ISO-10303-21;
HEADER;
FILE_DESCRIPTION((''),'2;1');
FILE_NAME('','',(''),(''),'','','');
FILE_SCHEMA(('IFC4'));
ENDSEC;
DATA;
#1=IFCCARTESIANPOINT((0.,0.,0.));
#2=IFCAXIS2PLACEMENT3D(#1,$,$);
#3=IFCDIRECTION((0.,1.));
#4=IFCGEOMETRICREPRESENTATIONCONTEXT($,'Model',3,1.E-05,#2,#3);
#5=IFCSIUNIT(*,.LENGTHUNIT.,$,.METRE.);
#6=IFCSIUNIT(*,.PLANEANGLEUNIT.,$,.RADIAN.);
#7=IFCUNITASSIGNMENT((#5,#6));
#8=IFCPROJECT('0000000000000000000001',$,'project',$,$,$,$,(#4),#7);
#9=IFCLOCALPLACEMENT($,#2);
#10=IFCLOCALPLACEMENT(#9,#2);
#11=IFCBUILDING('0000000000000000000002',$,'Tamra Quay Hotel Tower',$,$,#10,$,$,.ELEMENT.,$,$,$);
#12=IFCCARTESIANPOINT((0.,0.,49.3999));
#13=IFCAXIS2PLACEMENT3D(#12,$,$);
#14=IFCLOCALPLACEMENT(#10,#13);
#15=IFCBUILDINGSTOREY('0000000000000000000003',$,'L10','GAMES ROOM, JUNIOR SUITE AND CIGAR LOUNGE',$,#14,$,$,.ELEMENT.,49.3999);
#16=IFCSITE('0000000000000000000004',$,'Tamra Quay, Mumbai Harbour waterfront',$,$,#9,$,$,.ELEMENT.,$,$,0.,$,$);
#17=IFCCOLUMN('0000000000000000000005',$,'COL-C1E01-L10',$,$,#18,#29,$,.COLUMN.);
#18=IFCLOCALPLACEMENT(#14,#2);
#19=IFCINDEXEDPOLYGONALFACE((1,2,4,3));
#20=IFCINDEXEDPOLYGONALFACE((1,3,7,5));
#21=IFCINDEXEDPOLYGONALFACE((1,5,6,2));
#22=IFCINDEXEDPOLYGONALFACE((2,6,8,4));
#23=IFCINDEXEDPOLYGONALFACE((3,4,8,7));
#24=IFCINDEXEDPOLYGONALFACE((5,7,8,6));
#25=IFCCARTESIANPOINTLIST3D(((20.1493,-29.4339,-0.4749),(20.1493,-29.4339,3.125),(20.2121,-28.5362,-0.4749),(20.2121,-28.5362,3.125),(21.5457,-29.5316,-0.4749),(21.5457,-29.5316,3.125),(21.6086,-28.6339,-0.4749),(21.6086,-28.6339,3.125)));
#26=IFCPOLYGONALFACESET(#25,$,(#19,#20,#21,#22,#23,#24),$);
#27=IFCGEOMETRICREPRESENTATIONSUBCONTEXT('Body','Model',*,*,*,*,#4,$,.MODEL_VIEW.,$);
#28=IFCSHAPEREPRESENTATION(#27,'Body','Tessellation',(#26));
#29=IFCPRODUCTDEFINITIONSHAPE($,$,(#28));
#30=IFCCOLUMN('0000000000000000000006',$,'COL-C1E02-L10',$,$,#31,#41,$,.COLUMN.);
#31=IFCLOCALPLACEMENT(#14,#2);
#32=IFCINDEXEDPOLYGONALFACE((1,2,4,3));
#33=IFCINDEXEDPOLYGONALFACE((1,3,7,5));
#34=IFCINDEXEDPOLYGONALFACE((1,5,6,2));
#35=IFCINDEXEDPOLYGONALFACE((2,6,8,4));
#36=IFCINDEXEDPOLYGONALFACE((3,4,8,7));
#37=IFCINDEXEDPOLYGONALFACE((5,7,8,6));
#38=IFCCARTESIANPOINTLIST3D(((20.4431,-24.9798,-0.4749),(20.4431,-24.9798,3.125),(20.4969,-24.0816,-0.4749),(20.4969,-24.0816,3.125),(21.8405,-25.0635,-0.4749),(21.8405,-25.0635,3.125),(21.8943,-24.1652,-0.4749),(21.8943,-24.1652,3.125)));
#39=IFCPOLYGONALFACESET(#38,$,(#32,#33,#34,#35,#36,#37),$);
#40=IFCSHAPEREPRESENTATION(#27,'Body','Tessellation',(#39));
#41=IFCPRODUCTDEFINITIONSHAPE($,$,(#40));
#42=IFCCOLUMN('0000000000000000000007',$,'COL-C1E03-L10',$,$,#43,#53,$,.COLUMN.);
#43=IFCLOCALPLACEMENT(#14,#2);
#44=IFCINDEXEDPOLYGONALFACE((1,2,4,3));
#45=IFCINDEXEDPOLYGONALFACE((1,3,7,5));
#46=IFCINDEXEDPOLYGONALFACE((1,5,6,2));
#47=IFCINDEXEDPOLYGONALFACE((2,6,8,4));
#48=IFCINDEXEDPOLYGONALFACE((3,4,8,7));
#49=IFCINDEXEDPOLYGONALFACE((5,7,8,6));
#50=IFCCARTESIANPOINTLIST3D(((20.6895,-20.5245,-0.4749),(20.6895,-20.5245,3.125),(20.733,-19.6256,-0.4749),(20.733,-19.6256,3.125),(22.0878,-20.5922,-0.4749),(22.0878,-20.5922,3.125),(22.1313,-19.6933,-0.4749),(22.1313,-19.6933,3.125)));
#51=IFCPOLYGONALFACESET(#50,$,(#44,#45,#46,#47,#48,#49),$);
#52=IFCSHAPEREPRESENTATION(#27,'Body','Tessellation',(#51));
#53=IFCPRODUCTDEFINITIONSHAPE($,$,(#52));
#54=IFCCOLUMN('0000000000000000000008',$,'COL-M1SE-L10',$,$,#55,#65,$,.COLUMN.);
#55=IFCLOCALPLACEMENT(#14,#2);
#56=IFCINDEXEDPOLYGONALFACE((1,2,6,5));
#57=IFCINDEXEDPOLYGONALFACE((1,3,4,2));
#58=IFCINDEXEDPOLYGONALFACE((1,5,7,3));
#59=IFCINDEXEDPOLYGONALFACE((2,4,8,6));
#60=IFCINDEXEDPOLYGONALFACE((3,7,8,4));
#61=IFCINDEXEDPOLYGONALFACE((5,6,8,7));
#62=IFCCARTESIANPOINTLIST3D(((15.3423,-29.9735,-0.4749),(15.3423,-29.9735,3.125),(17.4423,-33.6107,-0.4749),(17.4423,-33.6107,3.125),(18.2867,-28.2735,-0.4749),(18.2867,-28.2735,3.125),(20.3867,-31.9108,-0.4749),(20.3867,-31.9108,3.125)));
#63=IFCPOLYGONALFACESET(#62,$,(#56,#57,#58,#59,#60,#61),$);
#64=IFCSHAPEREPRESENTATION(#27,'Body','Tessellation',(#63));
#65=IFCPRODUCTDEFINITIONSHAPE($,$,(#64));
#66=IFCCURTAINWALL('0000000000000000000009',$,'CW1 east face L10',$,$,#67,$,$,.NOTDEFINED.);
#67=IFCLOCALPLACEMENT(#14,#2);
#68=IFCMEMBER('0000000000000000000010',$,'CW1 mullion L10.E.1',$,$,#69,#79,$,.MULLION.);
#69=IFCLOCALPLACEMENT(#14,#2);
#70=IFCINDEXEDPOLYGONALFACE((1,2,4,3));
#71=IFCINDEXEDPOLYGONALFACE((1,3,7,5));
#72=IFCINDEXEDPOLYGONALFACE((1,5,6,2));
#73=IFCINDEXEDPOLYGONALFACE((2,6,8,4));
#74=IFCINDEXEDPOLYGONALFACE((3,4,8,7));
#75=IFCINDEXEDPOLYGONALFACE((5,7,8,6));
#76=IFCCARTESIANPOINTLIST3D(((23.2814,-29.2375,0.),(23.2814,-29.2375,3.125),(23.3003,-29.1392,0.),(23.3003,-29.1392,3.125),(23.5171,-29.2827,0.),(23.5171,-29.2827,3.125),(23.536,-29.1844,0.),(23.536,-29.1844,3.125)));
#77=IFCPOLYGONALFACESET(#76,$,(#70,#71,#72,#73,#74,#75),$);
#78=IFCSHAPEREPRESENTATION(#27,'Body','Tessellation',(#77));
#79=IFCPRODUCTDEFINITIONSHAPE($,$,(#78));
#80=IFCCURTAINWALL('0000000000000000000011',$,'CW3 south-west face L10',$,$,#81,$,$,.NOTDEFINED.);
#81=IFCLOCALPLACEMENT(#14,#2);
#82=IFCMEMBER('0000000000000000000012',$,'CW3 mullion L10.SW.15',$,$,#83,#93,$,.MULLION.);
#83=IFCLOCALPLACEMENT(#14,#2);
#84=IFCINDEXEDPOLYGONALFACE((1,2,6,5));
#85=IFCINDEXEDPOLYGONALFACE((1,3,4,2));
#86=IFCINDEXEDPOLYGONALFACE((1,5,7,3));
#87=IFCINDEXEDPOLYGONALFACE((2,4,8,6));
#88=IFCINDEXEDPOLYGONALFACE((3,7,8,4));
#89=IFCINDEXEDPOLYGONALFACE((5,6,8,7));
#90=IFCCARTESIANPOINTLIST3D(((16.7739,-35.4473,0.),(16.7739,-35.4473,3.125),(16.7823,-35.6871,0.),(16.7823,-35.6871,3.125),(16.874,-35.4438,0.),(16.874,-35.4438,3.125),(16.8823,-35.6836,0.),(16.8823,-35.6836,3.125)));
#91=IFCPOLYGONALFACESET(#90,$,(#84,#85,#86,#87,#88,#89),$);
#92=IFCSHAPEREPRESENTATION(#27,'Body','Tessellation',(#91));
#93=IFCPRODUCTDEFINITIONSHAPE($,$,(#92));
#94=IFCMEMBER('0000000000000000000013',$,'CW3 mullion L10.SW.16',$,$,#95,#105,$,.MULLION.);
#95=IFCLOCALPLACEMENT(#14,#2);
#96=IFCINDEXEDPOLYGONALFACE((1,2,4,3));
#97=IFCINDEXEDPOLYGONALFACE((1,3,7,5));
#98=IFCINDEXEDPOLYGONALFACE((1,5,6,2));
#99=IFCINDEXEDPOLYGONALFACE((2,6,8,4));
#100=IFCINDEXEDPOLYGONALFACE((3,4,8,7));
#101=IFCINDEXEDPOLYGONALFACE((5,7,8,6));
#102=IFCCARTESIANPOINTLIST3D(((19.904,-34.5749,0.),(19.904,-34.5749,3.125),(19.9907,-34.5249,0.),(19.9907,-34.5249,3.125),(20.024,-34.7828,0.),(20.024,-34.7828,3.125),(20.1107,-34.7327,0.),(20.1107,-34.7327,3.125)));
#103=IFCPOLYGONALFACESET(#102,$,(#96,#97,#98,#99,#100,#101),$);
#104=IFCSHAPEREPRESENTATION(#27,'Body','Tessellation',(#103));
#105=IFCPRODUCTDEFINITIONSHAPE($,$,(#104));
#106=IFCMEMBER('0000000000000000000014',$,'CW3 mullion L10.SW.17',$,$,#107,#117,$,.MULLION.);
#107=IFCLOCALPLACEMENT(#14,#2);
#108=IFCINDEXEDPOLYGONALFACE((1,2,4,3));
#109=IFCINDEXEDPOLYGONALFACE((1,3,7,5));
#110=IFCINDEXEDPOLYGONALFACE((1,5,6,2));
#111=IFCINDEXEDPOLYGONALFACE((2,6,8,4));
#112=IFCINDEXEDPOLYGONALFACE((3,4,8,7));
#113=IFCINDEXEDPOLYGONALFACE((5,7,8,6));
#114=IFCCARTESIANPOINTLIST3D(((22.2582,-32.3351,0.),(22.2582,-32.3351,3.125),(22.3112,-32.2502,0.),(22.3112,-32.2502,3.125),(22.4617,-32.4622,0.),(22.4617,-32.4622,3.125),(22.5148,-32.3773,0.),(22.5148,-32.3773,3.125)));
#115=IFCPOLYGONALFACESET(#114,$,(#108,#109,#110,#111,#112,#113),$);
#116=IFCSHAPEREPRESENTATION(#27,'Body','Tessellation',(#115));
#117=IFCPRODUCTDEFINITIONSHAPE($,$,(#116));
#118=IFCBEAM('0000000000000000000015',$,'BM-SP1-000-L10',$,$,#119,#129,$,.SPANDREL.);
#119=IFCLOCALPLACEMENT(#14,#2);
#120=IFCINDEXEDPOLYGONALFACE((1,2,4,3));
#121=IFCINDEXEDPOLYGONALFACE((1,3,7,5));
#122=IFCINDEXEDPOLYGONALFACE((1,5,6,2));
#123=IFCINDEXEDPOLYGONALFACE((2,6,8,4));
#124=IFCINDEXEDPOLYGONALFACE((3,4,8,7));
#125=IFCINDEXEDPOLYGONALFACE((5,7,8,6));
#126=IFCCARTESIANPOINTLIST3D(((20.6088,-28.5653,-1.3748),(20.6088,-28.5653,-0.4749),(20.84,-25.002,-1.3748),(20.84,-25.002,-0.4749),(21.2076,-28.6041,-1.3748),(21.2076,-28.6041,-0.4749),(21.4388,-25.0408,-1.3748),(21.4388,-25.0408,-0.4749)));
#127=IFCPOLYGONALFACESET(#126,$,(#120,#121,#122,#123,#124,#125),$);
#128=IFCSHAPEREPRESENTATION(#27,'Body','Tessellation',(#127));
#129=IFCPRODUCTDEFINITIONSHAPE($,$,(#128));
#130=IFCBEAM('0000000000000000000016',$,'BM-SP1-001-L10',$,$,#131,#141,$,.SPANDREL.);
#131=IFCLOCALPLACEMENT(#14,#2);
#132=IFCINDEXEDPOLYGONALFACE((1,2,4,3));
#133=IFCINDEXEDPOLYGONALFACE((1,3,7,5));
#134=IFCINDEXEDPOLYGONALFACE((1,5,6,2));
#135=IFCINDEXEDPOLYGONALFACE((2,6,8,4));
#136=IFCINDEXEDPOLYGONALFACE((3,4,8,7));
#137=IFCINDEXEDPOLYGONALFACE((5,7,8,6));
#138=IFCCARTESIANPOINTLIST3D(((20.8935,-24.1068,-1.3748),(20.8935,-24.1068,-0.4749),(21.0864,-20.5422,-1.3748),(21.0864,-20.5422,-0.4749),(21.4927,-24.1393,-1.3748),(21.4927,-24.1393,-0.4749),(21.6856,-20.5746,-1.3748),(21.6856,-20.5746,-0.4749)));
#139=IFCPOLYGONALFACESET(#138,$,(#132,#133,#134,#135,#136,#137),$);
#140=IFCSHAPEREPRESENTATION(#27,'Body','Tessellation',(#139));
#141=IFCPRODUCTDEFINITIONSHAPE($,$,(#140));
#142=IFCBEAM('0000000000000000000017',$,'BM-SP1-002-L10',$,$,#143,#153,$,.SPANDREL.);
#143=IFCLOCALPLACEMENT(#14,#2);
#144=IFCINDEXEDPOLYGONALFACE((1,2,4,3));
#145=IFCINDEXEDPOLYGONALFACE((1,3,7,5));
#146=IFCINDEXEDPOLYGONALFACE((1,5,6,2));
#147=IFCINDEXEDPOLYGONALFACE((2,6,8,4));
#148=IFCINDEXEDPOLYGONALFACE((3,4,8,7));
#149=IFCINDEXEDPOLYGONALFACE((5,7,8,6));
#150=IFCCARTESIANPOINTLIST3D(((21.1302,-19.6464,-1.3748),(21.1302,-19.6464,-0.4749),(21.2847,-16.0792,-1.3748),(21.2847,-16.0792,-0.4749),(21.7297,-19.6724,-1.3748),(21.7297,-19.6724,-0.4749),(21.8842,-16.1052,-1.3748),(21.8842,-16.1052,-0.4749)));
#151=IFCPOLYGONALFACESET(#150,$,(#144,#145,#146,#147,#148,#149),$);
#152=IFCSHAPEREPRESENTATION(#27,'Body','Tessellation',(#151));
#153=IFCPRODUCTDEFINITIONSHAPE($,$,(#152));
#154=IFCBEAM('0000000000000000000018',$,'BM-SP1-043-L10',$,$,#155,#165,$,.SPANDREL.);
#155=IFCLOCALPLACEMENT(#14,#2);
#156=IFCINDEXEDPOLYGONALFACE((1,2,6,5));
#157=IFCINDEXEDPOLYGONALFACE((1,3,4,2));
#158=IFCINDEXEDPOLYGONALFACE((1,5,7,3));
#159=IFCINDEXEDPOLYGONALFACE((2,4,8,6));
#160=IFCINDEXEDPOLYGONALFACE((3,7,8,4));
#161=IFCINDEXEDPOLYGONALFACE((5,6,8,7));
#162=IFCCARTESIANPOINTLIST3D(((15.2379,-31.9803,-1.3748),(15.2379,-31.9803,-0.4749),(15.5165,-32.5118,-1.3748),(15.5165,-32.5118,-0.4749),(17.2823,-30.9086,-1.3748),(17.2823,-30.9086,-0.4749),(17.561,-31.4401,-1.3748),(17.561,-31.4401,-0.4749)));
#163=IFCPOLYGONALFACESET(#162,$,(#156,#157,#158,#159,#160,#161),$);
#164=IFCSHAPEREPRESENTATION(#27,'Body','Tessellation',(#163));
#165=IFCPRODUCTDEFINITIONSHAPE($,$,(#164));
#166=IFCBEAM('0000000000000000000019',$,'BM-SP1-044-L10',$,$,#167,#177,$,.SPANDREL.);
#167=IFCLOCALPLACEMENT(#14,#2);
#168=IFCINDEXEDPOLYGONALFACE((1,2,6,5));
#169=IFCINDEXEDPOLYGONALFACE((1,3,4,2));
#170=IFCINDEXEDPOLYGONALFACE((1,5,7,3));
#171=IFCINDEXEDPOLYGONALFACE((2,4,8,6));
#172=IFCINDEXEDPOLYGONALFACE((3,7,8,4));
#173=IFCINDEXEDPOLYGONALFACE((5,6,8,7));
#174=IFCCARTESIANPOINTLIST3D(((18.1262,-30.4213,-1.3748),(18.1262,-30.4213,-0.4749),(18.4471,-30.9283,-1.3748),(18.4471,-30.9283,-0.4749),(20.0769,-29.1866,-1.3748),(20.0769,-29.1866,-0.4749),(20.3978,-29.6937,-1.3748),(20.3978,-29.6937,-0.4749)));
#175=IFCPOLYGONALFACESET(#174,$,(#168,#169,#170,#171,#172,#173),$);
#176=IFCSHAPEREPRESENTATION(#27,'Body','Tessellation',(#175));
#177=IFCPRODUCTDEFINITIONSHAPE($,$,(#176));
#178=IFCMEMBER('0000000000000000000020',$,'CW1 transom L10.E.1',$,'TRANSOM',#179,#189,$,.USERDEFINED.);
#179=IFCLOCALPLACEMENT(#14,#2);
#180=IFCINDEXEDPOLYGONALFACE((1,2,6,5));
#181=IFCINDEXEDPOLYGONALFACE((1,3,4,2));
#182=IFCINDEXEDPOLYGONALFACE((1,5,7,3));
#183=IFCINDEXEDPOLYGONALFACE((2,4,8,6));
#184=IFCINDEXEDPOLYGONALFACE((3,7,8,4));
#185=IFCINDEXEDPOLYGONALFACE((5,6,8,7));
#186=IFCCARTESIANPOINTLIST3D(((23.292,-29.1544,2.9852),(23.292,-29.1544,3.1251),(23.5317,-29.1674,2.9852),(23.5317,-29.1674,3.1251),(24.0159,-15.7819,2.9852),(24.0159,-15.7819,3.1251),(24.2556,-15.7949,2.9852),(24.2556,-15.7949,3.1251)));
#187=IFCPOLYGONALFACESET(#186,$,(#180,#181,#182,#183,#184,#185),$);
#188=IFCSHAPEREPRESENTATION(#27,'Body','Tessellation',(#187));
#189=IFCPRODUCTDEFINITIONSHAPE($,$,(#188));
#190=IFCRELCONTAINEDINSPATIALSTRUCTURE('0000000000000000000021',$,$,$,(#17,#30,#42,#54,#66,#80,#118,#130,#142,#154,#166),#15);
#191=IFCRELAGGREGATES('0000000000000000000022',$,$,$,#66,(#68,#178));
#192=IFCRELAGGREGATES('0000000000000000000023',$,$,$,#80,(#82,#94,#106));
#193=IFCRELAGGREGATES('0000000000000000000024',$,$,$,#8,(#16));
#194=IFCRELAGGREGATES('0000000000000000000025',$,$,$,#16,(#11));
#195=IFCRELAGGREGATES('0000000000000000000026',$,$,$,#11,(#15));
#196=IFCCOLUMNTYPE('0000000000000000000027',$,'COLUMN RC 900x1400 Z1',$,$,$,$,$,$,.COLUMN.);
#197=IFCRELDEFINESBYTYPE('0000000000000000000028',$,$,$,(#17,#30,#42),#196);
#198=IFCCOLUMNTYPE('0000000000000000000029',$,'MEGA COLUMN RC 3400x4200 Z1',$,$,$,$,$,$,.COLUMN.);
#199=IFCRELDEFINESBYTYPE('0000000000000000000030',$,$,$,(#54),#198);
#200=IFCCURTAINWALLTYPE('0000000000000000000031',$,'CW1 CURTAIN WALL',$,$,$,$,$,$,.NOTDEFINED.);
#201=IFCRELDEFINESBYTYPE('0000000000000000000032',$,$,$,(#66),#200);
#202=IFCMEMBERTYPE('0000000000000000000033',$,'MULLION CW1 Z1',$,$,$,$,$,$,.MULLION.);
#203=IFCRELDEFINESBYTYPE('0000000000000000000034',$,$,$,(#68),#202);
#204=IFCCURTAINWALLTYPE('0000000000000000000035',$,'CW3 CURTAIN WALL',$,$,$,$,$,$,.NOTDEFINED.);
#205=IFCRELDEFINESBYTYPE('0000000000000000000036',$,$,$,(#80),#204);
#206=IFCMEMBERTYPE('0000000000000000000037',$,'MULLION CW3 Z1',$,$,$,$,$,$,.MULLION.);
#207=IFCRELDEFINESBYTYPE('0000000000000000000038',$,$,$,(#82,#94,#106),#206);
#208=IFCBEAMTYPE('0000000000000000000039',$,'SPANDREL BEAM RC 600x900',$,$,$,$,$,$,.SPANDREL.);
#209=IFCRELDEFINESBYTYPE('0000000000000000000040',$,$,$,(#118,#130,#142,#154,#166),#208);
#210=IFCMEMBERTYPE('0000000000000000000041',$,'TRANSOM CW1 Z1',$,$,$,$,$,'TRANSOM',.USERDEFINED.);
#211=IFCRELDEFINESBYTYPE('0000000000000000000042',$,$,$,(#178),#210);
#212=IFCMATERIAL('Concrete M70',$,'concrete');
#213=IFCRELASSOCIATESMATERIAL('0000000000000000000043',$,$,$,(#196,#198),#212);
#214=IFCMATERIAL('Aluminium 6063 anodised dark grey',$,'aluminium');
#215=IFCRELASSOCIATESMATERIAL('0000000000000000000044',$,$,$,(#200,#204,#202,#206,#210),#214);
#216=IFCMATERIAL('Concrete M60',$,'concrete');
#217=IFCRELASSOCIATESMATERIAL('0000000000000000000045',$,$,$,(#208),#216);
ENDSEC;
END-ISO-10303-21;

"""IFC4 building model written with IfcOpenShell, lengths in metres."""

from ifc_helpers import new_model, si_unit, direction, frame, origin, origin_2d, place, context, subcontext, project, spatial, rectangle, extrude, material, material_profile, profile_set, type_object, element, aggregate, save


model = new_model("IFC4")

# Units and contexts
model_context = context("Model", 3, precision=1e-05, world=origin(), true_north=direction((0.0, 1.0)))
body_context = subcontext(model_context, "Body", "Model", "MODEL_VIEW")
ifc_project = project(units=[si_unit("LENGTHUNIT", "METRE"), si_unit("PLANEANGLEUNIT", "RADIAN")], contexts=[model_context])

# Site, building, storey
site_placement = place(None, origin())
site = spatial("IfcSite", under=ifc_project, at=site_placement, Name="Tamra Quay, Mumbai Harbour waterfront", CompositionType="ELEMENT", RefElevation=0.0)
building_placement = place(site_placement, origin())
building = spatial("IfcBuilding", under=site, at=building_placement, Name="Tamra Quay Hotel Tower", CompositionType="ELEMENT")
storey_placement = place(building_placement, frame((0.0, 0.0, 49.3999)))
storey = spatial("IfcBuildingStorey", under=building, at=storey_placement, Name="L10", Description="GAMES ROOM, JUNIOR SUITE AND CIGAR LOUNGE", CompositionType="ELEMENT", Elevation=49.3999)

# Columns
ifc_material_1 = material(Name="Concrete M70", Category="concrete")
ifc_material_profile_1 = material_profile(ifc_material_1, rectangle(XDim=1.3999, YDim=0.8999, at=origin_2d()), Name="COLUMN RC 900x1400 Z1")
ifc_profile_set_1 = profile_set([ifc_material_profile_1], Name="Concrete M70")
column_type_1 = type_object("IfcColumnType", Name="COLUMN RC 900x1400 Z1", PredefinedType="COLUMN", material=ifc_profile_set_1)
for number, where, z_axis, x_axis, name in (
    (1, (20.8789, -29.0339, -0.4749), (0.0, 0.0, 1.0), (-0.997562, 0.06979, 0.0), "COL-C1E01-L10"),
    (2, (21.1687, -24.5725, -0.4749), (0.0, 0.0, 1.0), (-0.998214, 0.059733, 0.0), "COL-C1E02-L10"),
    (3, (21.4104, -20.1089, -0.4749), (0.0, 0.0, 1.0), (-0.998831, 0.048344, 0.0), "COL-C1E03-L10"),
):
    element("IfcColumn", number, at=place(storey_placement, frame(where, z_axis=z_axis, x_axis=x_axis)), inside=storey, type_object=column_type_1, Name=name, PredefinedType="COLUMN", context=body_context, shape_type="SweptSolid", body=[
        extrude(rectangle(XDim=1.3999, YDim=0.8999, at=origin_2d()), origin(), (0.0, 0.0, 1.0), 3.5999),
    ])
ifc_material_profile_2 = material_profile(ifc_material_1, rectangle(XDim=4.2, YDim=3.3999, at=origin_2d()), Name="MEGA COLUMN RC 3400x4200 Z1")
ifc_profile_set_2 = profile_set([ifc_material_profile_2], Name="Concrete M70")
column_type_2 = type_object("IfcColumnType", Name="MEGA COLUMN RC 3400x4200 Z1", PredefinedType="COLUMN", material=ifc_profile_set_2)
column_placement = place(storey_placement, frame((17.8645, -30.9421, -0.4749), z_axis=(0.0, 0.0, 1.0), x_axis=(-0.5, 0.866025, 0.0)))
element("IfcColumn", 4, at=column_placement, inside=storey, type_object=column_type_2, Name="COL-M1SE-L10", PredefinedType="COLUMN", context=body_context, shape_type="SweptSolid", body=[
    extrude(rectangle(XDim=4.2, YDim=3.3999, at=origin_2d()), origin(), (0.0, 0.0, 1.0), 3.5999),
])

# Curtain wall, member
ifc_material_2 = material(Name="Aluminium 6063 anodised dark grey", Category="aluminium")
curtain_wall_type_1 = type_object("IfcCurtainWallType", Name="CW1 CURTAIN WALL", PredefinedType="NOTDEFINED", material=ifc_material_2)
curtain_wall_1_placement = place(storey_placement, origin())
curtain_wall_1 = element("IfcCurtainWall", 5, at=curtain_wall_1_placement, inside=storey, type_object=curtain_wall_type_1, Name="CW1 east face L10", PredefinedType="NOTDEFINED")
ifc_material_profile_3 = material_profile(ifc_material_2, rectangle(XDim=0.24, YDim=0.1001, at=origin_2d()), Name="MULLION 100X240")
ifc_profile_set_3 = profile_set([ifc_material_profile_3], Name="Aluminium 6063 anodised dark grey")
member_type_1 = type_object("IfcMemberType", Name="MULLION CW1 Z1", PredefinedType="MULLION", material=ifc_profile_set_3)
member_1_placement = place(storey_placement, frame((23.4087, -29.2109, 0.0), z_axis=(0.0, 0.0, 1.0), x_axis=(0.982095, -0.188389, 0.0)))
member_1 = element("IfcMember", 6, at=member_1_placement, type_object=member_type_1, Name="CW1 mullion L10.E.1", PredefinedType="MULLION", context=body_context, shape_type="SweptSolid", body=[
    extrude(rectangle(XDim=0.24, YDim=0.1001, at=origin_2d()), origin(), (0.0, 0.0, 1.0), 3.125),
])

# Curtain wall, members
curtain_wall_type_2 = type_object("IfcCurtainWallType", Name="CW3 CURTAIN WALL", PredefinedType="NOTDEFINED", material=ifc_material_2)
curtain_wall_2_placement = place(storey_placement, origin())
curtain_wall_2 = element("IfcCurtainWall", 7, at=curtain_wall_2_placement, inside=storey, type_object=curtain_wall_type_2, Name="CW3 south-west face L10", PredefinedType="NOTDEFINED")
ifc_material_profile_4 = material_profile(ifc_material_2, rectangle(XDim=0.24, YDim=0.1001, at=origin_2d()), Name="MULLION 100X240")
ifc_profile_set_4 = profile_set([ifc_material_profile_4], Name="Aluminium 6063 anodised dark grey")
member_type_2 = type_object("IfcMemberType", Name="MULLION CW3 Z1", PredefinedType="MULLION", material=ifc_profile_set_4)
member_2_placement = place(storey_placement, frame((16.8281, -35.5654, 0.0), z_axis=(0.0, 0.0, 1.0), x_axis=(0.034916, -0.99939, 0.0)))
member_2 = element("IfcMember", 8, at=member_2_placement, type_object=member_type_2, Name="CW3 mullion L10.SW.15", PredefinedType="MULLION", context=body_context, shape_type="SweptSolid", body=[
    extrude(rectangle(XDim=0.24, YDim=0.1001, at=origin_2d()), origin(), (0.0, 0.0, 1.0), 3.125),
])
member_3_placement = place(storey_placement, frame((20.0073, -34.6538, 0.0), z_axis=(0.0, 0.0, 1.0), x_axis=(0.5, -0.866025, 0.0)))
member_3 = element("IfcMember", 9, at=member_3_placement, type_object=member_type_2, Name="CW3 mullion L10.SW.16", PredefinedType="MULLION", context=body_context, shape_type="SweptSolid", body=[
    extrude(rectangle(XDim=0.24, YDim=0.1001, at=origin_2d()), origin(), (0.0, 0.0, 1.0), 3.125),
])
member_4_placement = place(storey_placement, frame((22.3865, -32.3562, 0.0), z_axis=(0.0, 0.0, 1.0), x_axis=(0.848039, -0.529933, 0.0)))
member_4 = element("IfcMember", 10, at=member_4_placement, type_object=member_type_2, Name="CW3 mullion L10.SW.17", PredefinedType="MULLION", context=body_context, shape_type="SweptSolid", body=[
    extrude(rectangle(XDim=0.24, YDim=0.1001, at=origin_2d()), origin(), (0.0, 0.0, 1.0), 3.125),
])

# Beams
ifc_material_3 = material(Name="Concrete M60", Category="concrete")
ifc_material_profile_5 = material_profile(ifc_material_3, rectangle(XDim=0.6001, YDim=0.8999, at=origin_2d()), Name="SPANDREL BEAM RC 600x900")
ifc_profile_set_5 = profile_set([ifc_material_profile_5], Name="Concrete M60")
beam_type = type_object("IfcBeamType", Name="SPANDREL BEAM RC 600x900", PredefinedType="SPANDREL", material=ifc_profile_set_5)
beam_1_placement = place(storey_placement, frame((20.9082, -28.5847, -0.9248), z_axis=(0.064749, 0.997902, 0.0), x_axis=(-0.997902, 0.064749, 0.0)))
element("IfcBeam", 11, at=beam_1_placement, inside=storey, type_object=beam_type, Name="BM-SP1-000-L10", PredefinedType="SPANDREL", context=body_context, shape_type="SweptSolid", body=[
    extrude(rectangle(XDim=0.6001, YDim=0.8999, at=origin_2d()), origin(), (0.0, 0.0, 1.0), 3.5708),
])
beam_2_placement = place(storey_placement, frame((21.1931, -24.123, -0.9248), z_axis=(0.054027, 0.998539, 0.0), x_axis=(-0.998539, 0.054027, 0.0)))
element("IfcBeam", 12, at=beam_2_placement, inside=storey, type_object=beam_type, Name="BM-SP1-001-L10", PredefinedType="SPANDREL", context=body_context, shape_type="SweptSolid", body=[
    extrude(rectangle(XDim=0.6001, YDim=0.8999, at=origin_2d()), origin(), (0.0, 0.0, 1.0), 3.5698),
])
beam_3_placement = place(storey_placement, frame((21.4299, -19.6594, -0.9248), z_axis=(0.043283, 0.999063, 0.0), x_axis=(-0.999063, 0.043283, 0.0)))
element("IfcBeam", 13, at=beam_3_placement, inside=storey, type_object=beam_type, Name="BM-SP1-002-L10", PredefinedType="SPANDREL", context=body_context, shape_type="SweptSolid", body=[
    extrude(rectangle(XDim=0.6001, YDim=0.8999, at=origin_2d()), origin(), (0.0, 0.0, 1.0), 3.5706),
])
beam_4_placement = place(storey_placement, frame((15.3772, -32.2461, -0.9248), z_axis=(0.885674, 0.464307, 0.0), x_axis=(-0.464307, 0.885674, 0.0)))
element("IfcBeam", 14, at=beam_4_placement, inside=storey, type_object=beam_type, Name="BM-SP1-043-L10", PredefinedType="SPANDREL", context=body_context, shape_type="SweptSolid", body=[
    extrude(rectangle(XDim=0.6001, YDim=0.8999, at=origin_2d()), origin(), (0.0, 0.0, 1.0), 2.3083),
])
beam_5_placement = place(storey_placement, frame((18.2866, -30.6748, -0.9248), z_axis=(0.844978, 0.5348, 0.0), x_axis=(-0.5348, 0.844978, 0.0)))
element("IfcBeam", 15, at=beam_5_placement, inside=storey, type_object=beam_type, Name="BM-SP1-044-L10", PredefinedType="SPANDREL", context=body_context, shape_type="SweptSolid", body=[
    extrude(rectangle(XDim=0.6001, YDim=0.8999, at=origin_2d()), origin(), (0.0, 0.0, 1.0), 2.3086),
])

# Member
ifc_material_profile_6 = material_profile(ifc_material_2, rectangle(XDim=0.24, YDim=0.1399, at=origin_2d()), Name="TRANSOM 240X140")
ifc_profile_set_6 = profile_set([ifc_material_profile_6], Name="Aluminium 6063 anodised dark grey")
member_type_3 = type_object("IfcMemberType", Name="TRANSOM CW1 Z1", ElementType="TRANSOM", PredefinedType="USERDEFINED", material=ifc_profile_set_6)
member_5_placement = place(storey_placement, frame((23.4119, -29.1609, 3.0552), z_axis=(0.054052, 0.998538, 0.0), x_axis=(-0.998538, 0.054052, 0.0)))
member_5 = element("IfcMember", 16, at=member_5_placement, type_object=member_type_3, Name="CW1 transom L10.E.1", ObjectType="TRANSOM", PredefinedType="USERDEFINED", context=body_context, shape_type="SweptSolid", body=[
    extrude(rectangle(XDim=0.24, YDim=0.1399, at=origin_2d()), origin(), (0.0, 0.0, 1.0), 13.3921),
])

aggregate(curtain_wall_1, [member_1, member_5])
aggregate(curtain_wall_2, [member_2, member_3, member_4])

save(model, "model.ifc")
